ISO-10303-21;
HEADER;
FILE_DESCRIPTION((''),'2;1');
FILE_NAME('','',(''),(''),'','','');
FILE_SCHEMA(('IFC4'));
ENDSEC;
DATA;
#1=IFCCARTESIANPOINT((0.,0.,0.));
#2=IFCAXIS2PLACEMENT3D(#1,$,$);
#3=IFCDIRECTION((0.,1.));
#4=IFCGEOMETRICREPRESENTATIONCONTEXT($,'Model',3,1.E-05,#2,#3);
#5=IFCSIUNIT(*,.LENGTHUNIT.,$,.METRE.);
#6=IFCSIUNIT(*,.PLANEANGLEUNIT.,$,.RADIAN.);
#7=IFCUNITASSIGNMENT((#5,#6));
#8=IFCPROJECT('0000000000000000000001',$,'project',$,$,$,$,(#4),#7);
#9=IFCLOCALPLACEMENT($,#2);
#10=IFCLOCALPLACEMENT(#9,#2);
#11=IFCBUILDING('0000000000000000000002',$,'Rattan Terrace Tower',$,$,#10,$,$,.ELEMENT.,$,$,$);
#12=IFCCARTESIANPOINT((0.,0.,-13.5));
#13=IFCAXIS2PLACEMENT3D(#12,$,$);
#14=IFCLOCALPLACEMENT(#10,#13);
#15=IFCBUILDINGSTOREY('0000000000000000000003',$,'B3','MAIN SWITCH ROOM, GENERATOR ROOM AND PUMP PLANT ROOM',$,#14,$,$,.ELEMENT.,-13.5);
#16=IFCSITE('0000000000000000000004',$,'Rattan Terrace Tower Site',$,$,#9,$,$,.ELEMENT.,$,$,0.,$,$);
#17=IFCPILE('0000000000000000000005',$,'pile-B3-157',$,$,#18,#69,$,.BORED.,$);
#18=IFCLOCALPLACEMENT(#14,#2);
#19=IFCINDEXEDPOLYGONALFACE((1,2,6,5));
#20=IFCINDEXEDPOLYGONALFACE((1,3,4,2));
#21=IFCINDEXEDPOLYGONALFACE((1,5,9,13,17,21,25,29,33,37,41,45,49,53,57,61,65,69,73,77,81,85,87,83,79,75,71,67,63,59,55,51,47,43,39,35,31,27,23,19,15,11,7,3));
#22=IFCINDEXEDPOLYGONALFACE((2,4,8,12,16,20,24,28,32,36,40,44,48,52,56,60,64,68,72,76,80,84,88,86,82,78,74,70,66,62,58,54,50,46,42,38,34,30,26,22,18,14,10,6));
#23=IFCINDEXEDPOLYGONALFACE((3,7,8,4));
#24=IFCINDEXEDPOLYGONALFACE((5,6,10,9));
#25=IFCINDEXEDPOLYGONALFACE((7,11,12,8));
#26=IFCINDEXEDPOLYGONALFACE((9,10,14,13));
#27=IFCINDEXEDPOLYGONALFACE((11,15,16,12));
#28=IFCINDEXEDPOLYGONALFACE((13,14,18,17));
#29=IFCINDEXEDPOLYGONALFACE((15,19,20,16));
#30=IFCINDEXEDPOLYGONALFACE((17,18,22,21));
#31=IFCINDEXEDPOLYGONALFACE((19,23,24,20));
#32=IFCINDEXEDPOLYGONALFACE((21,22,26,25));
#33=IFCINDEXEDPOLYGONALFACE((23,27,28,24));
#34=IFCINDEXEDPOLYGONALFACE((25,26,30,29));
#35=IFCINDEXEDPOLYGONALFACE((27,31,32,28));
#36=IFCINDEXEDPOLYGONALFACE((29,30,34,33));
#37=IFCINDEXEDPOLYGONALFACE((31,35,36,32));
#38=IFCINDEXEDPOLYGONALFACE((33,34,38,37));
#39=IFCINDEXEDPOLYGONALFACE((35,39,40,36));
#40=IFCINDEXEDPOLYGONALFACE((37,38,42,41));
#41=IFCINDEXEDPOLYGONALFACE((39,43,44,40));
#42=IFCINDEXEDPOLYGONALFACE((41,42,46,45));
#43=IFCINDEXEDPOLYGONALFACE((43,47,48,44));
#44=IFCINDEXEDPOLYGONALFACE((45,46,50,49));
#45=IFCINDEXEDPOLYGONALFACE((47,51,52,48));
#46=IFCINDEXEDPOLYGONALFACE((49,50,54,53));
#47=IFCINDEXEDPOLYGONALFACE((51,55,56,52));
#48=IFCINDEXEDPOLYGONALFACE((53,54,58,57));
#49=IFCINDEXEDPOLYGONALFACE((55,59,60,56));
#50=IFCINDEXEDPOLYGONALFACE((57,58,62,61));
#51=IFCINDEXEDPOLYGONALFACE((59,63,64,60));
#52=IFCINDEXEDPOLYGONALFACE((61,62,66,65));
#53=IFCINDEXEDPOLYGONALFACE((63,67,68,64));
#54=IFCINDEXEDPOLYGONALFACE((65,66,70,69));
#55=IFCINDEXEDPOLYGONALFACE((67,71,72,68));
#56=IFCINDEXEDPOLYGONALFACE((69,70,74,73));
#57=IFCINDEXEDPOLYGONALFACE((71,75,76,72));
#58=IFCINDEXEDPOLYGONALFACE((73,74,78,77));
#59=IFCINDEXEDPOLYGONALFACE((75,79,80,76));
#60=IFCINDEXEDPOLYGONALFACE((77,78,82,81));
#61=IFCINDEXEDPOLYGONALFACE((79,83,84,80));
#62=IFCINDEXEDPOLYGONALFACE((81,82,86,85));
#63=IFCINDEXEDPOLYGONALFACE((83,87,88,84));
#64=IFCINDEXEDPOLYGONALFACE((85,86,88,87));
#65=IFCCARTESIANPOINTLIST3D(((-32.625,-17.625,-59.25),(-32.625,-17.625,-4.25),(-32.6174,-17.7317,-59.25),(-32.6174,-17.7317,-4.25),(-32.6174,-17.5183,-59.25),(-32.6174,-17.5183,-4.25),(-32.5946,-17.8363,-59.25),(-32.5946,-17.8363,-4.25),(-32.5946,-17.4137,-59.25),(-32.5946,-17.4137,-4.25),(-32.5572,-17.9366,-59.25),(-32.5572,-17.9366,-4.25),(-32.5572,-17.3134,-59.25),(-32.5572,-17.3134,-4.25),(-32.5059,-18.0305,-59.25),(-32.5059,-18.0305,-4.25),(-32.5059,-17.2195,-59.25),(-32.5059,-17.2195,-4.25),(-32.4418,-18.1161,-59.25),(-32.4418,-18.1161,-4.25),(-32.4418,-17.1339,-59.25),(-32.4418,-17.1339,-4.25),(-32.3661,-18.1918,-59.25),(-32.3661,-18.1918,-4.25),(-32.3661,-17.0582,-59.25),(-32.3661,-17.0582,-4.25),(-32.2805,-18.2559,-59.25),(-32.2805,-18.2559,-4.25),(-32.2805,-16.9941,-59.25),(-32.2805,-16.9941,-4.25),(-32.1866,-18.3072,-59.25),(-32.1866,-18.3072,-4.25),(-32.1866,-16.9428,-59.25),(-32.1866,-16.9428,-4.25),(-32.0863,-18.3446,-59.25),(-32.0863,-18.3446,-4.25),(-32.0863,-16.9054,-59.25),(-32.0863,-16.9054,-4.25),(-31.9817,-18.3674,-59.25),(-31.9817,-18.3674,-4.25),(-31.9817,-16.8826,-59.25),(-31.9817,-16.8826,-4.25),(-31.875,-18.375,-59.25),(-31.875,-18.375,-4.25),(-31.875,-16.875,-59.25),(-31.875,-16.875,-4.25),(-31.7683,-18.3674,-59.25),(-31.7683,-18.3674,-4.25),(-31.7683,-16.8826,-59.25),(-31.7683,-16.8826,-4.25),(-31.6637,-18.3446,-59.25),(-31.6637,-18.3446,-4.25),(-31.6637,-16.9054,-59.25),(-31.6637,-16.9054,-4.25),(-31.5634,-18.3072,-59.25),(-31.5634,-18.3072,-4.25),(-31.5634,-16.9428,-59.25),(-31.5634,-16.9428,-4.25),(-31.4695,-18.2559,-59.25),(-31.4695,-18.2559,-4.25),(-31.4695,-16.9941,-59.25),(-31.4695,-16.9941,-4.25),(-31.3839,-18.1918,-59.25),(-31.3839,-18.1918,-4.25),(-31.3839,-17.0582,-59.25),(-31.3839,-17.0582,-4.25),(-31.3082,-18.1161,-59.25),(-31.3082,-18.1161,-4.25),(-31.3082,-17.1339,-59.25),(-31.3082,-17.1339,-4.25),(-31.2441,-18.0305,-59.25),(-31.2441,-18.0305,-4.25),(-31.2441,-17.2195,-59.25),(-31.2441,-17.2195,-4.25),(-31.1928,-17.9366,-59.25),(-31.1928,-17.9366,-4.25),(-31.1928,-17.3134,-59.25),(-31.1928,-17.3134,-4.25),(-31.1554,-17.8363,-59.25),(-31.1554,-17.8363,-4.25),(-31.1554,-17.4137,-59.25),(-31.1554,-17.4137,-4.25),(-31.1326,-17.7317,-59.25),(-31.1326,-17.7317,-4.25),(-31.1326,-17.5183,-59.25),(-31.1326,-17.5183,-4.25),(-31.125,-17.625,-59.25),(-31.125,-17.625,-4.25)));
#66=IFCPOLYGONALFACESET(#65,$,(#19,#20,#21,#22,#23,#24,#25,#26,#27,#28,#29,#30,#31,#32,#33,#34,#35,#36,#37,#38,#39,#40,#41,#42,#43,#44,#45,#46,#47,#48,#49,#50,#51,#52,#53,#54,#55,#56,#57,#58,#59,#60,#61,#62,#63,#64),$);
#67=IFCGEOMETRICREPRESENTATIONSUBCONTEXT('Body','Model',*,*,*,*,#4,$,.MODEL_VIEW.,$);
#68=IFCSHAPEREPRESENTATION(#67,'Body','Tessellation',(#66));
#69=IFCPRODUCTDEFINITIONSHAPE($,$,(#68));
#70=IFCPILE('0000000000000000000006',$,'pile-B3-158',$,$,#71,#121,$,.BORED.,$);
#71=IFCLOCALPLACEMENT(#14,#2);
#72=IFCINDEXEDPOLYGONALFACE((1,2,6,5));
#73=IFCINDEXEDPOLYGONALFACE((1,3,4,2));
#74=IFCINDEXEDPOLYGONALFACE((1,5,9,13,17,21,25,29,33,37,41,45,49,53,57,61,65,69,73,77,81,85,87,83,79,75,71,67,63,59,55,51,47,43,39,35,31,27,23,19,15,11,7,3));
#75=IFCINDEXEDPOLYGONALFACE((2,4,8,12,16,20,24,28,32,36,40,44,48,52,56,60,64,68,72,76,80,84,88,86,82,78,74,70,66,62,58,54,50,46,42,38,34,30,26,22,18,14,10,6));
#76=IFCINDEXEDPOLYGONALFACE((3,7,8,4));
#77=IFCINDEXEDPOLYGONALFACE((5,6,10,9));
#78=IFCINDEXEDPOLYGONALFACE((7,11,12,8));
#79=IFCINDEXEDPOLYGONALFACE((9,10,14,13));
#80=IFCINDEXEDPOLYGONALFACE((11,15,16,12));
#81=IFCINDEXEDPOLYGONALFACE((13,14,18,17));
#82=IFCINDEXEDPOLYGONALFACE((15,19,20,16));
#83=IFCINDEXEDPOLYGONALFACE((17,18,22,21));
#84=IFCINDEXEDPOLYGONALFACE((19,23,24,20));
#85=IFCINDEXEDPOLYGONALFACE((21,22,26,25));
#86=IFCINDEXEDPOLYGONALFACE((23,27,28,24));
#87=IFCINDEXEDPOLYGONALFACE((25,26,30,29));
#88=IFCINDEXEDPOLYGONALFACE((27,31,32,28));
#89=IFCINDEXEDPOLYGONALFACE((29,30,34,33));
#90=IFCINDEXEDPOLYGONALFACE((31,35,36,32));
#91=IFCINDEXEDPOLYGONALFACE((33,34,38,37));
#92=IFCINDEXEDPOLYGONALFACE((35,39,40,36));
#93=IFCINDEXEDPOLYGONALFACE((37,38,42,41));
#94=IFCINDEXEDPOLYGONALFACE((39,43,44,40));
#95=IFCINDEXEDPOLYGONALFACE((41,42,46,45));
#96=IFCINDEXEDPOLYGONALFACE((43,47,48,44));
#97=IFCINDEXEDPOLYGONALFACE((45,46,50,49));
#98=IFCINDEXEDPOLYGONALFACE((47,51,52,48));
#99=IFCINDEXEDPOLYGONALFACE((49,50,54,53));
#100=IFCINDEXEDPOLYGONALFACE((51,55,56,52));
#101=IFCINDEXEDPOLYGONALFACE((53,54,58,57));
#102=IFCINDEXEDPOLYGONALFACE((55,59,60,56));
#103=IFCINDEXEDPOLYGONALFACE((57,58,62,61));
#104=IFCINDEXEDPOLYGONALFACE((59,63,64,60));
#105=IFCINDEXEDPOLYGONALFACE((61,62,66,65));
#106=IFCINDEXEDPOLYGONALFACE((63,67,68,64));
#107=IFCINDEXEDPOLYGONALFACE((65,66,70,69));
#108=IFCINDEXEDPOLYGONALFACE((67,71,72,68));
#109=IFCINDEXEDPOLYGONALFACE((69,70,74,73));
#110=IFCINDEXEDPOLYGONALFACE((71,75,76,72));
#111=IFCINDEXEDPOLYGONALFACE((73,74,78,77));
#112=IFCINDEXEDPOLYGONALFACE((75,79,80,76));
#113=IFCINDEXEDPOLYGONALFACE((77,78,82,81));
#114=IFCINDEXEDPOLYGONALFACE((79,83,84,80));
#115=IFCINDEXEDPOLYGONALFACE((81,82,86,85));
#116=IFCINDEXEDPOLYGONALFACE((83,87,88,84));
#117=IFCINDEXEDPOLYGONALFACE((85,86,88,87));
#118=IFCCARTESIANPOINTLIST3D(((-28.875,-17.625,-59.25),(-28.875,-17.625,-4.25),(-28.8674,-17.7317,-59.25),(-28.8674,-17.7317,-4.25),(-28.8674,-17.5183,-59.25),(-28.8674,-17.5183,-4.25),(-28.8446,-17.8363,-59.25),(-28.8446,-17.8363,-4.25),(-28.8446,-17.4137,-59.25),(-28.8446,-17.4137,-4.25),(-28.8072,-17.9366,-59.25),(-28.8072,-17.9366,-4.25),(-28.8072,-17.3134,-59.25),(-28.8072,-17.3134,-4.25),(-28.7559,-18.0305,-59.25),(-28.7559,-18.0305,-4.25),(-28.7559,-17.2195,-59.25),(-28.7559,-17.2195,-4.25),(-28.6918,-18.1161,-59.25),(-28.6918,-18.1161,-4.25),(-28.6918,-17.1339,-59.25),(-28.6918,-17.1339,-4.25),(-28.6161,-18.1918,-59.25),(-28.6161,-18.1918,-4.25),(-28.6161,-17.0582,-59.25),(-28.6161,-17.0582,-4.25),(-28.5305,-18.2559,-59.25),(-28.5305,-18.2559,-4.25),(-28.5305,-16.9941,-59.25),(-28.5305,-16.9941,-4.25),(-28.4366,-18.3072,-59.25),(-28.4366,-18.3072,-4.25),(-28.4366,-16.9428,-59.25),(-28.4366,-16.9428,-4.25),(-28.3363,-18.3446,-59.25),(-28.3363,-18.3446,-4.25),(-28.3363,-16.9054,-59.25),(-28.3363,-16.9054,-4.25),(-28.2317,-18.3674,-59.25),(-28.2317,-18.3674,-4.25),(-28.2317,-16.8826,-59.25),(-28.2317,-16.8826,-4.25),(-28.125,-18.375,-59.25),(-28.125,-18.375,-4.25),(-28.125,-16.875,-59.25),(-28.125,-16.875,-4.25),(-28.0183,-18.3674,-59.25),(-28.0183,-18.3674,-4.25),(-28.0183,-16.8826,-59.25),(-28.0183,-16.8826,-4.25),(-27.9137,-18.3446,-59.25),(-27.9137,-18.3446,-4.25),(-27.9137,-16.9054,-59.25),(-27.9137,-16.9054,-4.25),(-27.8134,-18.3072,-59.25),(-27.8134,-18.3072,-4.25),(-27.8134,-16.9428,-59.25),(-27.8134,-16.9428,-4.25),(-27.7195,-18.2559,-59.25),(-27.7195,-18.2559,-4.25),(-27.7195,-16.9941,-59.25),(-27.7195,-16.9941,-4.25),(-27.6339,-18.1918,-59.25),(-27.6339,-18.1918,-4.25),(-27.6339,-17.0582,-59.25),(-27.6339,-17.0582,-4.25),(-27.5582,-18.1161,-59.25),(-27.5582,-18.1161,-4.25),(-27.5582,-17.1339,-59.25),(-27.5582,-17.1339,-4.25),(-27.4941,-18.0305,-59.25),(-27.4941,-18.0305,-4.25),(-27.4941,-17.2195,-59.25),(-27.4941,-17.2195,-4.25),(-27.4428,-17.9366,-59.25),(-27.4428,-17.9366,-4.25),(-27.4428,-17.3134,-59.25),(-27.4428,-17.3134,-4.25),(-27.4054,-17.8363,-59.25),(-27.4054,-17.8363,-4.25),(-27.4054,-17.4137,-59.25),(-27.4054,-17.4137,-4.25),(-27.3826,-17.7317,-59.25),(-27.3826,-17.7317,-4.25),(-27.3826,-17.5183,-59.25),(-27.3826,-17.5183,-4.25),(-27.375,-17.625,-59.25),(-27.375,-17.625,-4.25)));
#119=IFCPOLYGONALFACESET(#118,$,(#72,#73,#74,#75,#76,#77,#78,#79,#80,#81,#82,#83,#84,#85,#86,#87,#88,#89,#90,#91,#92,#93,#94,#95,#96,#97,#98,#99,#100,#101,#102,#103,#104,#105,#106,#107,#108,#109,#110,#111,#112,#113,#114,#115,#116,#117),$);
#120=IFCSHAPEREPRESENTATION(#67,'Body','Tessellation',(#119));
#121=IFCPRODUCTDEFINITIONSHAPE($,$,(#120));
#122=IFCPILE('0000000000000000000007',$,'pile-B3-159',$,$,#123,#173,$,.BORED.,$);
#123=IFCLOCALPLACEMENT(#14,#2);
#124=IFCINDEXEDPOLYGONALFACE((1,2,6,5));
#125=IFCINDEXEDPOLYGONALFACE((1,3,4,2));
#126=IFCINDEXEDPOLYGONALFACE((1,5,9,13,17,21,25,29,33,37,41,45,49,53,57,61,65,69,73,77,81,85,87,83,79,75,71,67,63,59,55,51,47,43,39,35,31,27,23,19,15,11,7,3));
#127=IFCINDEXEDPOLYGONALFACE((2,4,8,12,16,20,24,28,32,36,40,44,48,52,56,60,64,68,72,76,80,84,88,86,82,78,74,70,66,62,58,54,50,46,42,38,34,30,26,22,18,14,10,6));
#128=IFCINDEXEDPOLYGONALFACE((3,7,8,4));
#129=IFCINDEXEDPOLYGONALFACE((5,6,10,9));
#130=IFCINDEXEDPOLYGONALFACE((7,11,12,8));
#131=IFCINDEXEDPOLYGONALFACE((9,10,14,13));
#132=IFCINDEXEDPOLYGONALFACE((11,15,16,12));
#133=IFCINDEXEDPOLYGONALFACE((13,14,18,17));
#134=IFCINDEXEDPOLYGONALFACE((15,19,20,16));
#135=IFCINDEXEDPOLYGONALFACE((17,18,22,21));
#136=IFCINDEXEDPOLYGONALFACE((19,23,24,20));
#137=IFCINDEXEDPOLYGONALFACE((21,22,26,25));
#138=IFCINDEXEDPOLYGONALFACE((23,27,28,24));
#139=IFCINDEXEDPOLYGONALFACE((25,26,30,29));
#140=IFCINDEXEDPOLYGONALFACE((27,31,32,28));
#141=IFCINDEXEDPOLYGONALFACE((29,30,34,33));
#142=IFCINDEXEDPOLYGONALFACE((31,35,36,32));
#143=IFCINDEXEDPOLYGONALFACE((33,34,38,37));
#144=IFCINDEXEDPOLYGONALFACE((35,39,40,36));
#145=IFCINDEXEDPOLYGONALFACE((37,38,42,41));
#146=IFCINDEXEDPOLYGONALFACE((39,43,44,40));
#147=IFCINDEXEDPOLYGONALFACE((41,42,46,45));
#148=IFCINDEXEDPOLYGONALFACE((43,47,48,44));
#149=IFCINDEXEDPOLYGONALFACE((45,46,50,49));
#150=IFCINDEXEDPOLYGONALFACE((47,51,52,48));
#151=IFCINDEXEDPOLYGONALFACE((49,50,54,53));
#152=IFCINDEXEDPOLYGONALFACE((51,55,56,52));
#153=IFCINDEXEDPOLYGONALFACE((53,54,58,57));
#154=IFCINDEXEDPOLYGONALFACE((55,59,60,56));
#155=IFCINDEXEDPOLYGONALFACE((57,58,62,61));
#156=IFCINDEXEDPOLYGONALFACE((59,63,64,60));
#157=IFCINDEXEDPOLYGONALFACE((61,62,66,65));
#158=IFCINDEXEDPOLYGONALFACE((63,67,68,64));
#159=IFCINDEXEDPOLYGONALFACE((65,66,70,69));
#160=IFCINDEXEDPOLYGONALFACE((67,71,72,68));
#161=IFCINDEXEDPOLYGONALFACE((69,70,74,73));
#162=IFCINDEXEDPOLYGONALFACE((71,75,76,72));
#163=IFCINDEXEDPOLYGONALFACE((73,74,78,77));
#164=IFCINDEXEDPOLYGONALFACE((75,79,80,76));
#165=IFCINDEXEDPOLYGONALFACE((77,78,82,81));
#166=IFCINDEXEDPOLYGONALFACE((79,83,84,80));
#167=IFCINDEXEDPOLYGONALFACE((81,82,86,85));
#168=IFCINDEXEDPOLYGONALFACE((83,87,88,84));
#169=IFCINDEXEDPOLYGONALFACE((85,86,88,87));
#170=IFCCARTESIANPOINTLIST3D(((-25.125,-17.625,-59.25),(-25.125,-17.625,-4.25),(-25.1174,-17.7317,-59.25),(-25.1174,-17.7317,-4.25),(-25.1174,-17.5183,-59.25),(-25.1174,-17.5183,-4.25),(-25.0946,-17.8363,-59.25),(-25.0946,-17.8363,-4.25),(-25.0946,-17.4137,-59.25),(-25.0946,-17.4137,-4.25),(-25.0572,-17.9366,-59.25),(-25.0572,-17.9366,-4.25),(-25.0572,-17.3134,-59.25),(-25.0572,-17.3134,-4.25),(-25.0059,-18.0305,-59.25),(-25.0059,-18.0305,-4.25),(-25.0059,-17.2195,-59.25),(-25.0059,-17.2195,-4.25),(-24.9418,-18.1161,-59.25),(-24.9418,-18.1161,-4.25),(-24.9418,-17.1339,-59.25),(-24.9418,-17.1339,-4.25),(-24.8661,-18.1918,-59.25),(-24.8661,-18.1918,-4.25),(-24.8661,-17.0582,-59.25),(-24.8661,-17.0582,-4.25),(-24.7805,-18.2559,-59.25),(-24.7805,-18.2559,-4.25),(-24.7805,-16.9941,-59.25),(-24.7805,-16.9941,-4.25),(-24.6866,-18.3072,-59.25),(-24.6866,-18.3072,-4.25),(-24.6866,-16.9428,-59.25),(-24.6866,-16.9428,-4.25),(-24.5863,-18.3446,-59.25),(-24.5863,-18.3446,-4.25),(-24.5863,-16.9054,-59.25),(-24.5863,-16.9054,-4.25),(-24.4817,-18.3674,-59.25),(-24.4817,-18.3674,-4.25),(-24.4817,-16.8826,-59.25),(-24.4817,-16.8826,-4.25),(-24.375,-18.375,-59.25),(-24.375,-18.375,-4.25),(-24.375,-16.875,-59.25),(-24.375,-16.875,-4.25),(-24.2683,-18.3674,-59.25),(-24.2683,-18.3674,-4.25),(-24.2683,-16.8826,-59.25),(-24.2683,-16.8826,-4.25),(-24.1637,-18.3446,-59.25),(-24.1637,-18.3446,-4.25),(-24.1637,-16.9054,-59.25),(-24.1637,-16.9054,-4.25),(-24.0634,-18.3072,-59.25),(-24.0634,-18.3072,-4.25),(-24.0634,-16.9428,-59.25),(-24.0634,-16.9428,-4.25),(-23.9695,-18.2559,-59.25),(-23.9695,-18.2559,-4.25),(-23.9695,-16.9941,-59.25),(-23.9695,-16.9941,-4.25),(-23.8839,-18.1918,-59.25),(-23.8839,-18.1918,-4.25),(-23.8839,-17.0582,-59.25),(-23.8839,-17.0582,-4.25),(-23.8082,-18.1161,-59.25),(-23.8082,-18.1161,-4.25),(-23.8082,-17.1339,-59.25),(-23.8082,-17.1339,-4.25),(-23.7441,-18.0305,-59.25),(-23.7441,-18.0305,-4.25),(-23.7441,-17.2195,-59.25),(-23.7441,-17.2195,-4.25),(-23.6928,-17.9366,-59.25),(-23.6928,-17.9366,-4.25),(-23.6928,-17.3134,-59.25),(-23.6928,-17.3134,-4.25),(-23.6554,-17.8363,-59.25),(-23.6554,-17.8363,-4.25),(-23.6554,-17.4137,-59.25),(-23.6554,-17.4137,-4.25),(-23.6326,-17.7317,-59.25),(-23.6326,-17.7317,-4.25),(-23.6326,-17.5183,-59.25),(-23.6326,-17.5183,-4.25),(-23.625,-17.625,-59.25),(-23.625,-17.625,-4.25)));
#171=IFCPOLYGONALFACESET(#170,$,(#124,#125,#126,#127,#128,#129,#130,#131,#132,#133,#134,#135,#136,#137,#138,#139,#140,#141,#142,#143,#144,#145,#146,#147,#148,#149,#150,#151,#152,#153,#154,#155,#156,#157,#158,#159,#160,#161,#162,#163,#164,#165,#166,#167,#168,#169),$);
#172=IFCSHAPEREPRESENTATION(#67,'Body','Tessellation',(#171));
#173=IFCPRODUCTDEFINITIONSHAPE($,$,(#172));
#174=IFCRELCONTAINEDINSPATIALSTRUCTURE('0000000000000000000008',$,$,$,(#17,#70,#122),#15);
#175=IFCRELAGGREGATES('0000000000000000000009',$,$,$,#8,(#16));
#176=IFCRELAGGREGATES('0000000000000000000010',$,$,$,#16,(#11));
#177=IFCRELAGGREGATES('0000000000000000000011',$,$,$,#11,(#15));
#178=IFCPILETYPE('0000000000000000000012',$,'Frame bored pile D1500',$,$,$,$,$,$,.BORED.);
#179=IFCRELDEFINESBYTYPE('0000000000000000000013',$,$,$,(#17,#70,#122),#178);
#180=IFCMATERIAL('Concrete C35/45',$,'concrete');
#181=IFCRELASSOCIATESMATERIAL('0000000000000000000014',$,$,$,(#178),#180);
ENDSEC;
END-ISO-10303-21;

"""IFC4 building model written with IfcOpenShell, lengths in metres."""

from ifc_helpers import new_model, si_unit, direction, frame, origin, origin_2d, place, context, subcontext, project, spatial, circle, extrude, material, material_profile, profile_set, type_object, element, save


model = new_model("IFC4")

# Units and contexts
model_context = context("Model", 3, precision=1e-05, world=origin(), true_north=direction((0.0, 1.0)))
body_context = subcontext(model_context, "Body", "Model", "MODEL_VIEW")
ifc_project = project(units=[si_unit("LENGTHUNIT", "METRE"), si_unit("PLANEANGLEUNIT", "RADIAN")], contexts=[model_context])

# Site, building, storey
site_placement = place(None, origin())
site = spatial("IfcSite", under=ifc_project, at=site_placement, Name="Rattan Terrace Tower Site", CompositionType="ELEMENT", RefElevation=0.0)
building_placement = place(site_placement, origin())
building = spatial("IfcBuilding", under=site, at=building_placement, Name="Rattan Terrace Tower", CompositionType="ELEMENT")
storey_placement = place(building_placement, frame((0.0, 0.0, -13.5)))
storey = spatial("IfcBuildingStorey", under=building, at=storey_placement, Name="B3", Description="MAIN SWITCH ROOM, GENERATOR ROOM AND PUMP PLANT ROOM", CompositionType="ELEMENT", Elevation=-13.5)

# Piles
ifc_material_1 = material(Name="Concrete C35/45", Category="concrete")
ifc_material_profile_1 = material_profile(ifc_material_1, circle(Radius=0.75, at=origin_2d()), Name="PILE D1500")
ifc_profile_set_1 = profile_set([ifc_material_profile_1], Name="Concrete C35/45")
pile_type = type_object("IfcPileType", Name="Frame bored pile D1500", PredefinedType="BORED", material=ifc_profile_set_1)
for number, where, z_axis, x_axis, name in (
    (1, (-31.875, -17.625, -4.25), (0.0, 0.0, -1.0), (1.0, 0.0, 0.0), "pile-B3-157"),
    (2, (-28.125, -17.625, -4.25), (0.0, 0.0, -1.0), (1.0, 0.0, 0.0), "pile-B3-158"),
    (3, (-24.375, -17.625, -4.25), (0.0, 0.0, -1.0), (1.0, 0.0, 0.0), "pile-B3-159"),
):
    element("IfcPile", number, at=place(storey_placement, frame(where, z_axis=z_axis, x_axis=x_axis)), inside=storey, type_object=pile_type, Name=name, PredefinedType="BORED", context=body_context, shape_type="SweptSolid", body=[
        extrude(circle(Radius=0.75, at=origin_2d()), origin(), (0.0, 0.0, 1.0), 55.0),
    ])

save(model, "model.ifc")
